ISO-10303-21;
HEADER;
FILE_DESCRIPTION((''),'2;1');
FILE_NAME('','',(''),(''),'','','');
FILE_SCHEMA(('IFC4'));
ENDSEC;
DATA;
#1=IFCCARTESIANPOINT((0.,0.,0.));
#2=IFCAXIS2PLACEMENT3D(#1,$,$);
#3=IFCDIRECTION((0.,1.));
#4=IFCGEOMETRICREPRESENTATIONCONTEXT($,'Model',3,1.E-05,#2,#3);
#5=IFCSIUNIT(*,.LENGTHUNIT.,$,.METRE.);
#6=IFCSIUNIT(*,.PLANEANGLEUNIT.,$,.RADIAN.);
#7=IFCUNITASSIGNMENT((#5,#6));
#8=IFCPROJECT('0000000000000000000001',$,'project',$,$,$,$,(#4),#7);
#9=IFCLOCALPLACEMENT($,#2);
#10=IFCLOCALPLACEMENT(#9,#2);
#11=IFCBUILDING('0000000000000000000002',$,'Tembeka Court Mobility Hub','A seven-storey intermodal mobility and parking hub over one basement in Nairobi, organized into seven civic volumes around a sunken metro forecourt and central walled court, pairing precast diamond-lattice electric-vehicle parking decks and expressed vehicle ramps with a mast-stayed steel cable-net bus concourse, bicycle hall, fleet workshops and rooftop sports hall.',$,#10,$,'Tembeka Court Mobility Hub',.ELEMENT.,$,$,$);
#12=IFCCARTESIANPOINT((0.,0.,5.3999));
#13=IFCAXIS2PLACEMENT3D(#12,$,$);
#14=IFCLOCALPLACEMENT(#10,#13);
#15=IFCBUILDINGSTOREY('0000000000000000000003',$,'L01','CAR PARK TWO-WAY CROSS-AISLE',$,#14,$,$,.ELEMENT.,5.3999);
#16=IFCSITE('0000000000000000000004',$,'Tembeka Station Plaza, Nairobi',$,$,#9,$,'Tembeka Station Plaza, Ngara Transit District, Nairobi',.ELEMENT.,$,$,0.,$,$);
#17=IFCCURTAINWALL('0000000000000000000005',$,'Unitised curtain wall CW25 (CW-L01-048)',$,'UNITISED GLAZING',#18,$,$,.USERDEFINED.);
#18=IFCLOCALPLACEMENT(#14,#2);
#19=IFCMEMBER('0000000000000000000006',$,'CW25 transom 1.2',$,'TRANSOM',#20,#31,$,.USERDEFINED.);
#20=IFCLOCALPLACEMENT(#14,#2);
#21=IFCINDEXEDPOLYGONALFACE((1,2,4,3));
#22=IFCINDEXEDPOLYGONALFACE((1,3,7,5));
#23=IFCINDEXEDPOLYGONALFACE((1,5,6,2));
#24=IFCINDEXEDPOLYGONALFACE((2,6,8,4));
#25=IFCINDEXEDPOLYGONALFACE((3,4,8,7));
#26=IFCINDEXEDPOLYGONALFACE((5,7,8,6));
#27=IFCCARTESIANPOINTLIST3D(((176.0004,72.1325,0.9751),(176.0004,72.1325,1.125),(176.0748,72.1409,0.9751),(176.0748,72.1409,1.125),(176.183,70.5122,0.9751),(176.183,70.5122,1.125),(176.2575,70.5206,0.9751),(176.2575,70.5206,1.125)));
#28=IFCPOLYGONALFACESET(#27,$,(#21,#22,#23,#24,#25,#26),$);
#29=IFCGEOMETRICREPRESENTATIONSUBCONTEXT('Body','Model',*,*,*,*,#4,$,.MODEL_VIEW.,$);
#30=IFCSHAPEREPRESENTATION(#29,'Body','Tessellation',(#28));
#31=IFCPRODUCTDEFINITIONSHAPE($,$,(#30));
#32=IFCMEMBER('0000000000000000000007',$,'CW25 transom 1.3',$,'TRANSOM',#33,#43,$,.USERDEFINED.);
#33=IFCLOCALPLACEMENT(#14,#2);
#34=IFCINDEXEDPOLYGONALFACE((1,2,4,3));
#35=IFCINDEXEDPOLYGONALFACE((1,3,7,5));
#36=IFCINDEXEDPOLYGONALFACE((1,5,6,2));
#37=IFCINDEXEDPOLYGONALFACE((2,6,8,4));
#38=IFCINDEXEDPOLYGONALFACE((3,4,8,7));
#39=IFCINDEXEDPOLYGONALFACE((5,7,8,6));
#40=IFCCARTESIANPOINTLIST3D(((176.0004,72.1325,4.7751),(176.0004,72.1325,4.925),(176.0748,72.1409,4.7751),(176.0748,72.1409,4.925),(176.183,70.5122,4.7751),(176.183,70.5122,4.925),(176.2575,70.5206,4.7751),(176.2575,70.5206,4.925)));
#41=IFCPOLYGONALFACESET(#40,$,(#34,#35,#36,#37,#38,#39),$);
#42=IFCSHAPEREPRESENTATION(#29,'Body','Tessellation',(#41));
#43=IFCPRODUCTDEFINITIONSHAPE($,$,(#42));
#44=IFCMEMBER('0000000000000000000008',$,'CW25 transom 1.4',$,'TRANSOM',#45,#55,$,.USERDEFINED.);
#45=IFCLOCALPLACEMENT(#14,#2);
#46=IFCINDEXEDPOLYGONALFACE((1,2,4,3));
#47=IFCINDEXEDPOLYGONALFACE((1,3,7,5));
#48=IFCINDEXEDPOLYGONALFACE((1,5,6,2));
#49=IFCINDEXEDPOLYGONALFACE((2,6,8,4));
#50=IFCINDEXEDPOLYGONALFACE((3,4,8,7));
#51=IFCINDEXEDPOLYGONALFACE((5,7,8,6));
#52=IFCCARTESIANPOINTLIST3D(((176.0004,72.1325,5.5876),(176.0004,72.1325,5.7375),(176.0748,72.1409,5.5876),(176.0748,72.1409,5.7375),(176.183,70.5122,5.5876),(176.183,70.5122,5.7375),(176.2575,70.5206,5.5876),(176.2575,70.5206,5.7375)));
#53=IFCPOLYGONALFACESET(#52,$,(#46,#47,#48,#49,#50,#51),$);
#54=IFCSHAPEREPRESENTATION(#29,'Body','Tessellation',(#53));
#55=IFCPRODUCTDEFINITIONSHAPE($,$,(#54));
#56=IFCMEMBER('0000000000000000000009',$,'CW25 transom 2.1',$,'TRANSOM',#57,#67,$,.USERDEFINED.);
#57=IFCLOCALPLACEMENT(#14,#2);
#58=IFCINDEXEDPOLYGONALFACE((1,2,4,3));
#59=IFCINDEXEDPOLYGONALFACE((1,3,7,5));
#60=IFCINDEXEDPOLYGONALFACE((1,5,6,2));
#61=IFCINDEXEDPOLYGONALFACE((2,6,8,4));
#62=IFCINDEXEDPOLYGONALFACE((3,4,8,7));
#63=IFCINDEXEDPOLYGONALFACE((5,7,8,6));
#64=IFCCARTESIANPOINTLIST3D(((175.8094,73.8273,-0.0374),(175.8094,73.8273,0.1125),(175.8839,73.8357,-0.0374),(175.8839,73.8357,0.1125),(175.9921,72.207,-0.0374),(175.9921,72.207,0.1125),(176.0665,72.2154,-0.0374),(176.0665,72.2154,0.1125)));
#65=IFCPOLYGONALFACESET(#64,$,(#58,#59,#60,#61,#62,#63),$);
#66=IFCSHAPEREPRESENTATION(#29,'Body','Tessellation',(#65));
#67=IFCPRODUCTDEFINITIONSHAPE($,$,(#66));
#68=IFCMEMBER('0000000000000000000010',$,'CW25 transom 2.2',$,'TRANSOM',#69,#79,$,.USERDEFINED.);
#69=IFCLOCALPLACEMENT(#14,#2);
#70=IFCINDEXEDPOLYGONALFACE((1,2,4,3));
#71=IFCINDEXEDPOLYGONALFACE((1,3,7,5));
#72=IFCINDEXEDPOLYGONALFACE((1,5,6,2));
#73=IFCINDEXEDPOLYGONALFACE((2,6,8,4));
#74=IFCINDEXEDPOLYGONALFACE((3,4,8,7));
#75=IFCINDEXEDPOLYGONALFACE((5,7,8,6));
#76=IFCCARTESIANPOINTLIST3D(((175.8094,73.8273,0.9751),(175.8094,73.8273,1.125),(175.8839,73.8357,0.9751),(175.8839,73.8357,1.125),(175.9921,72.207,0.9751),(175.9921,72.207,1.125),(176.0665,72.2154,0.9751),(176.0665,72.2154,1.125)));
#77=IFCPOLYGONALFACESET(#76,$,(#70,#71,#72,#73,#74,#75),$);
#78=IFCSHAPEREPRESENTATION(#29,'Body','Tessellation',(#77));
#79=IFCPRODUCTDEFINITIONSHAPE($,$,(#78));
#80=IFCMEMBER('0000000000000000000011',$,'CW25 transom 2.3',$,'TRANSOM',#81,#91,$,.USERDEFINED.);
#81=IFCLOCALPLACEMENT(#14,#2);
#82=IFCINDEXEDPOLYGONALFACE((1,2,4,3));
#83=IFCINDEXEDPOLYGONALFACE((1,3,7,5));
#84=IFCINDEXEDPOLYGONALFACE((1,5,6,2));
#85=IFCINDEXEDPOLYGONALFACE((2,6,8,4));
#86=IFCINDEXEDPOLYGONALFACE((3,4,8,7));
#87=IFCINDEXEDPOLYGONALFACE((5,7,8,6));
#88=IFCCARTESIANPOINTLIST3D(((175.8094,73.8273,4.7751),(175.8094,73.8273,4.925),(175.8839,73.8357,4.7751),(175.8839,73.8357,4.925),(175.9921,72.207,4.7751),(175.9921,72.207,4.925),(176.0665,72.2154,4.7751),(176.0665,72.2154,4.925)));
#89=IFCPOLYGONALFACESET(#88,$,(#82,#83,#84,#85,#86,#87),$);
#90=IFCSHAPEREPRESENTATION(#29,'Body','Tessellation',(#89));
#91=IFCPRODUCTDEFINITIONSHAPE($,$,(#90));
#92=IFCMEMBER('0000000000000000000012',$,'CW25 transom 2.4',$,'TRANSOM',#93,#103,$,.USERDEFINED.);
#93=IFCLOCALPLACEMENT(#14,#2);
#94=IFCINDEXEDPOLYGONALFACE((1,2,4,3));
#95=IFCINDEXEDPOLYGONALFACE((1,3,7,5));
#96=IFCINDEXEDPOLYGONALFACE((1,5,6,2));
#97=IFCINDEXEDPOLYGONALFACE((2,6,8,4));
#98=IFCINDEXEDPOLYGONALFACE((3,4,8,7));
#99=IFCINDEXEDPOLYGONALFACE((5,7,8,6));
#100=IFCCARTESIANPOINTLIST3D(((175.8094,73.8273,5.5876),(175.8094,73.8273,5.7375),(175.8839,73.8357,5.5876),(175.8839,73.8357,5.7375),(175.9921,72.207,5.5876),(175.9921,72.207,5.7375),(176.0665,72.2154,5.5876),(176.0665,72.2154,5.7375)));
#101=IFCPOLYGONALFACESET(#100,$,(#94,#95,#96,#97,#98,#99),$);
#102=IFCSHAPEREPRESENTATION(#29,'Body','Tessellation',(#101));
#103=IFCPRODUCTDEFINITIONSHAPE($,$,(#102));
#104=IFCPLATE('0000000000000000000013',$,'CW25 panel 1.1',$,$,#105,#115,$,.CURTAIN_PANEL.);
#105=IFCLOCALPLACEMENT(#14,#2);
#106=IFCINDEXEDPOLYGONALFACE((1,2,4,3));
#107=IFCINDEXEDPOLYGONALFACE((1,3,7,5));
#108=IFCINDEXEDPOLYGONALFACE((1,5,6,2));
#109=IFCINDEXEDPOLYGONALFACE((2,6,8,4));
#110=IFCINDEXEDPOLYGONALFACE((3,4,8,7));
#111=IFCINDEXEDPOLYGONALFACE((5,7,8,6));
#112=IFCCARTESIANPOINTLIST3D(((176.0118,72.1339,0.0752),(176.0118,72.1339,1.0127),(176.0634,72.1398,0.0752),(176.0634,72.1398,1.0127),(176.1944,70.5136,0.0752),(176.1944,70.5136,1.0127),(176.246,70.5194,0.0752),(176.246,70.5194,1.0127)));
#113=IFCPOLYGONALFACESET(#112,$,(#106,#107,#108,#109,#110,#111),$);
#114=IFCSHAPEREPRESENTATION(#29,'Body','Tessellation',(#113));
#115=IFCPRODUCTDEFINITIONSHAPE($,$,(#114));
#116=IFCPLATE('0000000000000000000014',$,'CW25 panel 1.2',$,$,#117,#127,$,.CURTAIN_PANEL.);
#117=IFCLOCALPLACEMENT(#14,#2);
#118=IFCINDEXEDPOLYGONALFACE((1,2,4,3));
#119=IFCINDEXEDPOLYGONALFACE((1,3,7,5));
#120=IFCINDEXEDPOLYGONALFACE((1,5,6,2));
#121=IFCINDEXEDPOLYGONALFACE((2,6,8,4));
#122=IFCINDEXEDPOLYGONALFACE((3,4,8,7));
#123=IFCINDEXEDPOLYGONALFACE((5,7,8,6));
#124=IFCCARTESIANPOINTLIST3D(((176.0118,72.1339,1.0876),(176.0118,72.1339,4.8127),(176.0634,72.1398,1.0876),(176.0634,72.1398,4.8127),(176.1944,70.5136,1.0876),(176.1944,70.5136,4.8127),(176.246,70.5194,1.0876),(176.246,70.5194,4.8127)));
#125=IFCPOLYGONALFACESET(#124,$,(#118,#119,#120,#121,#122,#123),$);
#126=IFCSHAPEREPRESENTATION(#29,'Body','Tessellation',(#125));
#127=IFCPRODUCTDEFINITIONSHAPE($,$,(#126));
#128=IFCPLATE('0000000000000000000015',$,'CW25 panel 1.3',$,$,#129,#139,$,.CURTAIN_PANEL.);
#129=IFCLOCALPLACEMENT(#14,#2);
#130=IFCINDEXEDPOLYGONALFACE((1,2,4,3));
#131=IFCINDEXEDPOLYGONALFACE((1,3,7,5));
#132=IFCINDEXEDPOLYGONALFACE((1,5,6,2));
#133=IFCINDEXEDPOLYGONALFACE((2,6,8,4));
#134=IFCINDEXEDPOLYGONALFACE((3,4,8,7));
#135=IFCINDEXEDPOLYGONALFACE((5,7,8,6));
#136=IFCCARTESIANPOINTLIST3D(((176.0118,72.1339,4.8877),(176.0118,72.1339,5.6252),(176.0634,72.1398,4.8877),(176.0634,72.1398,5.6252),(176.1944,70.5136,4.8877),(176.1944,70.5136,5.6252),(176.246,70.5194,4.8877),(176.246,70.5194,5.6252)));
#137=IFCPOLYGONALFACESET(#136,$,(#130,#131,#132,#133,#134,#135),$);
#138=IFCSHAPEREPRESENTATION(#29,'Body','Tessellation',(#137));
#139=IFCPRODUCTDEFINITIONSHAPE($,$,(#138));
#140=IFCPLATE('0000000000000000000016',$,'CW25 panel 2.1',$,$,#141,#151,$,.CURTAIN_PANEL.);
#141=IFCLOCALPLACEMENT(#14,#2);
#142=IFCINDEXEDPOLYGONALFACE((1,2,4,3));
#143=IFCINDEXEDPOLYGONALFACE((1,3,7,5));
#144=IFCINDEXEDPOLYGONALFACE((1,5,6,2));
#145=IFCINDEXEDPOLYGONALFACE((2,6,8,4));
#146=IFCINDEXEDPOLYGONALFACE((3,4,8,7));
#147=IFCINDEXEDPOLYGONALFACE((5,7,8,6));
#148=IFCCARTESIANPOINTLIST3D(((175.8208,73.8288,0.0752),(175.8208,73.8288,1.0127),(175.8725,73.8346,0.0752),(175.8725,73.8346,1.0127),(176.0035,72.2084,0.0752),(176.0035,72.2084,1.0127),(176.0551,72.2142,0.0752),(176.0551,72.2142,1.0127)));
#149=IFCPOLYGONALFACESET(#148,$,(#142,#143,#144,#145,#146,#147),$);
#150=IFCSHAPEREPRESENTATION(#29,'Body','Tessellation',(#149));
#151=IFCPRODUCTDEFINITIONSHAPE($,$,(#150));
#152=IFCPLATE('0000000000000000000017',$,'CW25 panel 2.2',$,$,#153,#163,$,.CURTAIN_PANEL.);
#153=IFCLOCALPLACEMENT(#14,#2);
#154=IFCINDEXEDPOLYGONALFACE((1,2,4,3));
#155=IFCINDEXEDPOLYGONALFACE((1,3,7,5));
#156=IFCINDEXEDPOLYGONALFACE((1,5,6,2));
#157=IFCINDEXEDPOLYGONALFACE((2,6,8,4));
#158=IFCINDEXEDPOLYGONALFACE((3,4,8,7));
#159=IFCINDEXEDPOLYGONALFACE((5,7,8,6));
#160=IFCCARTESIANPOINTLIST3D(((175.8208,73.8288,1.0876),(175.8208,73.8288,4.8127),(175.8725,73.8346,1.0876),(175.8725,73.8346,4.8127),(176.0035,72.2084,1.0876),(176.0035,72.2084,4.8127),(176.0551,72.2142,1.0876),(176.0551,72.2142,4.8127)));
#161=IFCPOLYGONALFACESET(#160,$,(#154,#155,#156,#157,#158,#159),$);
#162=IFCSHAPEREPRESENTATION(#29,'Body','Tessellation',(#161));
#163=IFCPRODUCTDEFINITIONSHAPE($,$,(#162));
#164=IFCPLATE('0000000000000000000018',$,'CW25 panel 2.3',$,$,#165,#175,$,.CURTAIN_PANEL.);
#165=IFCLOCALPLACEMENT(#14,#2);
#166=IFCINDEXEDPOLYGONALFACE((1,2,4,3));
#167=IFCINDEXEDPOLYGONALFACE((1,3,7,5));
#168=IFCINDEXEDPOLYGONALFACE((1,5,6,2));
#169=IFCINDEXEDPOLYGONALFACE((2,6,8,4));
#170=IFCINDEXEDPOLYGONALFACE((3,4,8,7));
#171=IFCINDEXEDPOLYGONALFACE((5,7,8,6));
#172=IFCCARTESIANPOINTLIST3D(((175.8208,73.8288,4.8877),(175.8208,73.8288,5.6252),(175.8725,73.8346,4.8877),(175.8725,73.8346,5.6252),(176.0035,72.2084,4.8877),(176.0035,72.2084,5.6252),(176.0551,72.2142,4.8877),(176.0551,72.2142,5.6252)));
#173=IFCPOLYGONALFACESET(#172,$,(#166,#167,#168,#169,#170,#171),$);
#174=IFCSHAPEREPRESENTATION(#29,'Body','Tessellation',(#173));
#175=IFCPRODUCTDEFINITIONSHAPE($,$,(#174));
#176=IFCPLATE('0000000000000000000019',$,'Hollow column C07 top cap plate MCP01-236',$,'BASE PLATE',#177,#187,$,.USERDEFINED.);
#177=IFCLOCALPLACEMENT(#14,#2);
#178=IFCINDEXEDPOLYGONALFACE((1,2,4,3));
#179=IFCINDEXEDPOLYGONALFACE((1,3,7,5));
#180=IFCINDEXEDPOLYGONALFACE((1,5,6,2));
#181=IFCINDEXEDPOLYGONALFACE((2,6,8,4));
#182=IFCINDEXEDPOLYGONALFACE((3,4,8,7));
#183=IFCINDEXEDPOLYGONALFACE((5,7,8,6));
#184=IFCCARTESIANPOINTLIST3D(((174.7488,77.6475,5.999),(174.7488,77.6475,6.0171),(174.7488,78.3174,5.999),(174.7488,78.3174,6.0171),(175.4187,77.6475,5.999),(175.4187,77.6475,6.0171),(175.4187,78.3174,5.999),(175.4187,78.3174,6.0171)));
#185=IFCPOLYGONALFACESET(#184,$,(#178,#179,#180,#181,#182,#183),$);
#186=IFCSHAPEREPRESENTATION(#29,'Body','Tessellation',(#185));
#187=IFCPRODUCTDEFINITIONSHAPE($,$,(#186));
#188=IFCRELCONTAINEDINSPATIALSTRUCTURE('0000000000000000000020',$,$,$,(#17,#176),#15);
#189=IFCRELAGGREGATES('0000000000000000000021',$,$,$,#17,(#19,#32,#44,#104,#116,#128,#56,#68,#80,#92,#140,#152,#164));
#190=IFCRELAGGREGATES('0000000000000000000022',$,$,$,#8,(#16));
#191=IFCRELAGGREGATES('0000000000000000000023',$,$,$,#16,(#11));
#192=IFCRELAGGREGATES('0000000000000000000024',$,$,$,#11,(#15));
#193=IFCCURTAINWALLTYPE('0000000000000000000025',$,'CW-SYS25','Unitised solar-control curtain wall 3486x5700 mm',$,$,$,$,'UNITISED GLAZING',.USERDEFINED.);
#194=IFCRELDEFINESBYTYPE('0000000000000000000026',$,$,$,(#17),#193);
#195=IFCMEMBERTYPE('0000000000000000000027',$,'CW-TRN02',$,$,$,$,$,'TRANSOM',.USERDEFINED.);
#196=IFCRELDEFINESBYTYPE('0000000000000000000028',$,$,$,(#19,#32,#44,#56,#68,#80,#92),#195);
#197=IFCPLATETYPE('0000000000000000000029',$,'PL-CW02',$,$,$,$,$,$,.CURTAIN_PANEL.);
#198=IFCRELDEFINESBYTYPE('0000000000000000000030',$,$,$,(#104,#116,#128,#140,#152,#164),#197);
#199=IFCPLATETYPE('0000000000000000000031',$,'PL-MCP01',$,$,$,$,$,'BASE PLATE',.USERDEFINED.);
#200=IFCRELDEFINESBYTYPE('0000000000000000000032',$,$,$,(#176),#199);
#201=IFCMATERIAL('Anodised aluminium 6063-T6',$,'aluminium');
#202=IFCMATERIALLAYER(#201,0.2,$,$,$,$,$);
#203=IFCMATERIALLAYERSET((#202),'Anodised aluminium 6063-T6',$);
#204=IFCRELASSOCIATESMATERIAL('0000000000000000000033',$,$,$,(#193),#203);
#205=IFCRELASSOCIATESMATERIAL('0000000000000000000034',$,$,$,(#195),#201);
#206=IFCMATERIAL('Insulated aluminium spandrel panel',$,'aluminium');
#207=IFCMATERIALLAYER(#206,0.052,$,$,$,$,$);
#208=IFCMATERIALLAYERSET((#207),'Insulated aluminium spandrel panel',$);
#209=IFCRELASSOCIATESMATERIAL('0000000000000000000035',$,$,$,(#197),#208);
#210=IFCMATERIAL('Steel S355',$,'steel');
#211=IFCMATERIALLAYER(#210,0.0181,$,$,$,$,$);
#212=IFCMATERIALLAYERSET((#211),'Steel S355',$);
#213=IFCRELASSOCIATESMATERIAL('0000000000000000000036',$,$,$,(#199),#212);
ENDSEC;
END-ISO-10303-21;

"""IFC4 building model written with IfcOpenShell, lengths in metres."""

from ifc_helpers import new_model, si_unit, direction, frame, origin, origin_2d, place, context, subcontext, project, spatial, rectangle, extrude, material, layer, layer_set, material_profile, profile_set, type_object, element, aggregate, save


model = new_model("IFC4")

# Units and contexts
model_context = context("Model", 3, precision=1e-05, world=origin(), true_north=direction((0.0, 1.0)))
body_context = subcontext(model_context, "Body", "Model", "MODEL_VIEW")
ifc_project = project(units=[si_unit("LENGTHUNIT", "METRE"), si_unit("PLANEANGLEUNIT", "RADIAN")], contexts=[model_context])

# Site, building, storey
site_placement = place(None, origin())
site = spatial("IfcSite", under=ifc_project, at=site_placement, Name="Tembeka Station Plaza, Nairobi", LongName="Tembeka Station Plaza, Ngara Transit District, Nairobi", CompositionType="ELEMENT", RefElevation=0.0)
building_placement = place(site_placement, origin())
building = spatial("IfcBuilding", under=site, at=building_placement, Name="Tembeka Court Mobility Hub", Description="A seven-storey intermodal mobility and parking hub over one basement in Nairobi, organized into seven civic volumes around a sunken metro forecourt and central walled court, pairing precast diamond-lattice electric-vehicle parking decks and expressed vehicle ramps with a mast-stayed steel cable-net bus concourse, bicycle hall, fleet workshops and rooftop sports hall.", LongName="Tembeka Court Mobility Hub", CompositionType="ELEMENT")
storey_placement = place(building_placement, frame((0.0, 0.0, 5.3999)))
storey = spatial("IfcBuildingStorey", under=building, at=storey_placement, Name="L01", Description="CAR PARK TWO-WAY CROSS-AISLE", CompositionType="ELEMENT", Elevation=5.3999)

# Shared definitions
ifc_material_1 = material(Name="Steel S355", Category="steel")

# Curtain wall, members, plates
ifc_material_2 = material(Name="Anodised aluminium 6063-T6", Category="aluminium")
ifc_layer_1 = layer(ifc_material_2, 0.2)
ifc_layer_set_1 = layer_set([ifc_layer_1], Name="Anodised aluminium 6063-T6")
curtain_wall_type = type_object("IfcCurtainWallType", Name="CW-SYS25", Description="Unitised solar-control curtain wall 3486x5700 mm", ElementType="UNITISED GLAZING", PredefinedType="USERDEFINED", material=ifc_layer_set_1)
curtain_wall_placement = place(storey_placement, origin())
curtain_wall = element("IfcCurtainWall", 1, at=curtain_wall_placement, inside=storey, type_object=curtain_wall_type, Name="Unitised curtain wall CW25 (CW-L01-048)", ObjectType="UNITISED GLAZING", PredefinedType="USERDEFINED")
ifc_material_profile_1 = material_profile(ifc_material_2, rectangle(XDim=0.075, YDim=0.1499, at=origin_2d()), Name="ALU-TRN 75x150")
ifc_profile_set_1 = profile_set([ifc_material_profile_1], Name="Anodised aluminium 6063-T6")
member_type_1 = type_object("IfcMemberType", Name="CW-TRN02", ElementType="TRANSOM", PredefinedType="USERDEFINED", material=ifc_profile_set_1)
member_1_placement = place(storey_placement, frame((176.2202, 70.5164, 1.05), z_axis=(-0.111993, 0.993709, 0.0), x_axis=(-0.993709, -0.111993, 0.0)))
member_1 = element("IfcMember", 2, at=member_1_placement, type_object=member_type_1, Name="CW25 transom 1.2", ObjectType="TRANSOM", PredefinedType="USERDEFINED", context=body_context, shape_type="SweptSolid", body=[
    extrude(rectangle(XDim=0.075, YDim=0.1499, at=origin_2d()), origin(), (0.0, 0.0, 1.0), 1.6306),
])
member_2_placement = place(storey_placement, frame((176.2202, 70.5164, 4.8501), z_axis=(-0.111993, 0.993709, 0.0), x_axis=(-0.993709, -0.111993, 0.0)))
member_2 = element("IfcMember", 3, at=member_2_placement, type_object=member_type_1, Name="CW25 transom 1.3", ObjectType="TRANSOM", PredefinedType="USERDEFINED", context=body_context, shape_type="SweptSolid", body=[
    extrude(rectangle(XDim=0.075, YDim=0.1499, at=origin_2d()), origin(), (0.0, 0.0, 1.0), 1.6306),
])
member_3_placement = place(storey_placement, frame((176.2202, 70.5164, 5.6626), z_axis=(-0.111993, 0.993709, 0.0), x_axis=(-0.993709, -0.111993, 0.0)))
member_3 = element("IfcMember", 4, at=member_3_placement, type_object=member_type_1, Name="CW25 transom 1.4", ObjectType="TRANSOM", PredefinedType="USERDEFINED", context=body_context, shape_type="SweptSolid", body=[
    extrude(rectangle(XDim=0.075, YDim=0.1499, at=origin_2d()), origin(), (0.0, 0.0, 1.0), 1.6306),
])
member_4_placement = place(storey_placement, frame((176.0293, 72.2112, 0.0376), z_axis=(-0.111993, 0.993709, 0.0), x_axis=(-0.993709, -0.111993, 0.0)))
member_4 = element("IfcMember", 5, at=member_4_placement, type_object=member_type_1, Name="CW25 transom 2.1", ObjectType="TRANSOM", PredefinedType="USERDEFINED", context=body_context, shape_type="SweptSolid", body=[
    extrude(rectangle(XDim=0.075, YDim=0.1499, at=origin_2d()), origin(), (0.0, 0.0, 1.0), 1.6306),
])
member_5_placement = place(storey_placement, frame((176.0293, 72.2112, 1.05), z_axis=(-0.111993, 0.993709, 0.0), x_axis=(-0.993709, -0.111993, 0.0)))
member_5 = element("IfcMember", 6, at=member_5_placement, type_object=member_type_1, Name="CW25 transom 2.2", ObjectType="TRANSOM", PredefinedType="USERDEFINED", context=body_context, shape_type="SweptSolid", body=[
    extrude(rectangle(XDim=0.075, YDim=0.1499, at=origin_2d()), origin(), (0.0, 0.0, 1.0), 1.6306),
])
member_6_placement = place(storey_placement, frame((176.0293, 72.2112, 4.8501), z_axis=(-0.111993, 0.993709, 0.0), x_axis=(-0.993709, -0.111993, 0.0)))
member_6 = element("IfcMember", 7, at=member_6_placement, type_object=member_type_1, Name="CW25 transom 2.3", ObjectType="TRANSOM", PredefinedType="USERDEFINED", context=body_context, shape_type="SweptSolid", body=[
    extrude(rectangle(XDim=0.075, YDim=0.1499, at=origin_2d()), origin(), (0.0, 0.0, 1.0), 1.6306),
])
member_7_placement = place(storey_placement, frame((176.0293, 72.2112, 5.6626), z_axis=(-0.111993, 0.993709, 0.0), x_axis=(-0.993709, -0.111993, 0.0)))
member_7 = element("IfcMember", 8, at=member_7_placement, type_object=member_type_1, Name="CW25 transom 2.4", ObjectType="TRANSOM", PredefinedType="USERDEFINED", context=body_context, shape_type="SweptSolid", body=[
    extrude(rectangle(XDim=0.075, YDim=0.1499, at=origin_2d()), origin(), (0.0, 0.0, 1.0), 1.6306),
])
ifc_material_3 = material(Name="Insulated aluminium spandrel panel", Category="aluminium")
ifc_layer_2 = layer(ifc_material_3, 0.052)
ifc_layer_set_2 = layer_set([ifc_layer_2], Name="Insulated aluminium spandrel panel")
plate_type_1 = type_object("IfcPlateType", Name="PL-CW02", PredefinedType="CURTAIN_PANEL", material=ifc_layer_set_2)
plate_1_placement = place(storey_placement, frame((176.1289, 71.3267, 0.0752), z_axis=(0.0, 0.0, 1.0), x_axis=(-0.111987, 0.99371, 0.0)))
plate_1 = element("IfcPlate", 9, at=plate_1_placement, type_object=plate_type_1, Name="CW25 panel 1.1", PredefinedType="CURTAIN_PANEL", context=body_context, shape_type="SweptSolid", body=[
    extrude(rectangle(XDim=1.6306, YDim=0.052, at=origin_2d()), origin(), (0.0, 0.0, 1.0), 0.9375),
])
plate_2_placement = place(storey_placement, frame((176.1289, 71.3267, 1.0876), z_axis=(0.0, 0.0, 1.0), x_axis=(-0.111987, 0.99371, 0.0)))
plate_2 = element("IfcPlate", 10, at=plate_2_placement, type_object=plate_type_1, Name="CW25 panel 1.2", PredefinedType="CURTAIN_PANEL", context=body_context, shape_type="SweptSolid", body=[
    extrude(rectangle(XDim=1.6306, YDim=0.052, at=origin_2d()), origin(), (0.0, 0.0, 1.0), 3.7251),
])
plate_3_placement = place(storey_placement, frame((176.1289, 71.3267, 4.8877), z_axis=(0.0, 0.0, 1.0), x_axis=(-0.111987, 0.99371, 0.0)))
plate_3 = element("IfcPlate", 11, at=plate_3_placement, type_object=plate_type_1, Name="CW25 panel 1.3", PredefinedType="CURTAIN_PANEL", context=body_context, shape_type="SweptSolid", body=[
    extrude(rectangle(XDim=1.6306, YDim=0.052, at=origin_2d()), origin(), (0.0, 0.0, 1.0), 0.7375),
])
plate_4_placement = place(storey_placement, frame((175.938, 73.0215, 0.0752), z_axis=(0.0, 0.0, 1.0), x_axis=(-0.111987, 0.99371, 0.0)))
plate_4 = element("IfcPlate", 12, at=plate_4_placement, type_object=plate_type_1, Name="CW25 panel 2.1", PredefinedType="CURTAIN_PANEL", context=body_context, shape_type="SweptSolid", body=[
    extrude(rectangle(XDim=1.6306, YDim=0.052, at=origin_2d()), origin(), (0.0, 0.0, 1.0), 0.9375),
])
plate_5_placement = place(storey_placement, frame((175.938, 73.0215, 1.0876), z_axis=(0.0, 0.0, 1.0), x_axis=(-0.111987, 0.99371, 0.0)))
plate_5 = element("IfcPlate", 13, at=plate_5_placement, type_object=plate_type_1, Name="CW25 panel 2.2", PredefinedType="CURTAIN_PANEL", context=body_context, shape_type="SweptSolid", body=[
    extrude(rectangle(XDim=1.6306, YDim=0.052, at=origin_2d()), origin(), (0.0, 0.0, 1.0), 3.7251),
])
plate_6_placement = place(storey_placement, frame((175.938, 73.0215, 4.8877), z_axis=(0.0, 0.0, 1.0), x_axis=(-0.111987, 0.99371, 0.0)))
plate_6 = element("IfcPlate", 14, at=plate_6_placement, type_object=plate_type_1, Name="CW25 panel 2.3", PredefinedType="CURTAIN_PANEL", context=body_context, shape_type="SweptSolid", body=[
    extrude(rectangle(XDim=1.6306, YDim=0.052, at=origin_2d()), origin(), (0.0, 0.0, 1.0), 0.7375),
])
aggregate(curtain_wall, [member_1, member_2, member_3, plate_1, plate_2, plate_3, member_4, member_5, member_6, member_7, plate_4, plate_5, plate_6])

# Plate
ifc_layer_3 = layer(ifc_material_1, 0.0181)
ifc_layer_set_3 = layer_set([ifc_layer_3], Name="Steel S355")
plate_type_2 = type_object("IfcPlateType", Name="PL-MCP01", ElementType="BASE PLATE", PredefinedType="USERDEFINED", material=ifc_layer_set_3)
plate_7_placement = place(storey_placement, frame((175.0837, 77.9824, 5.999), z_axis=(0.0, 0.0, 1.0), x_axis=(1.0, 0.0, 0.0)))
element("IfcPlate", 15, at=plate_7_placement, inside=storey, type_object=plate_type_2, Name="Hollow column C07 top cap plate MCP01-236", ObjectType="BASE PLATE", PredefinedType="USERDEFINED", context=body_context, shape_type="SweptSolid", body=[
    extrude(rectangle(XDim=0.6699, YDim=0.6699, at=origin_2d()), origin(), (0.0, 0.0, 1.0), 0.0181),
])

save(model, "model.ifc")
